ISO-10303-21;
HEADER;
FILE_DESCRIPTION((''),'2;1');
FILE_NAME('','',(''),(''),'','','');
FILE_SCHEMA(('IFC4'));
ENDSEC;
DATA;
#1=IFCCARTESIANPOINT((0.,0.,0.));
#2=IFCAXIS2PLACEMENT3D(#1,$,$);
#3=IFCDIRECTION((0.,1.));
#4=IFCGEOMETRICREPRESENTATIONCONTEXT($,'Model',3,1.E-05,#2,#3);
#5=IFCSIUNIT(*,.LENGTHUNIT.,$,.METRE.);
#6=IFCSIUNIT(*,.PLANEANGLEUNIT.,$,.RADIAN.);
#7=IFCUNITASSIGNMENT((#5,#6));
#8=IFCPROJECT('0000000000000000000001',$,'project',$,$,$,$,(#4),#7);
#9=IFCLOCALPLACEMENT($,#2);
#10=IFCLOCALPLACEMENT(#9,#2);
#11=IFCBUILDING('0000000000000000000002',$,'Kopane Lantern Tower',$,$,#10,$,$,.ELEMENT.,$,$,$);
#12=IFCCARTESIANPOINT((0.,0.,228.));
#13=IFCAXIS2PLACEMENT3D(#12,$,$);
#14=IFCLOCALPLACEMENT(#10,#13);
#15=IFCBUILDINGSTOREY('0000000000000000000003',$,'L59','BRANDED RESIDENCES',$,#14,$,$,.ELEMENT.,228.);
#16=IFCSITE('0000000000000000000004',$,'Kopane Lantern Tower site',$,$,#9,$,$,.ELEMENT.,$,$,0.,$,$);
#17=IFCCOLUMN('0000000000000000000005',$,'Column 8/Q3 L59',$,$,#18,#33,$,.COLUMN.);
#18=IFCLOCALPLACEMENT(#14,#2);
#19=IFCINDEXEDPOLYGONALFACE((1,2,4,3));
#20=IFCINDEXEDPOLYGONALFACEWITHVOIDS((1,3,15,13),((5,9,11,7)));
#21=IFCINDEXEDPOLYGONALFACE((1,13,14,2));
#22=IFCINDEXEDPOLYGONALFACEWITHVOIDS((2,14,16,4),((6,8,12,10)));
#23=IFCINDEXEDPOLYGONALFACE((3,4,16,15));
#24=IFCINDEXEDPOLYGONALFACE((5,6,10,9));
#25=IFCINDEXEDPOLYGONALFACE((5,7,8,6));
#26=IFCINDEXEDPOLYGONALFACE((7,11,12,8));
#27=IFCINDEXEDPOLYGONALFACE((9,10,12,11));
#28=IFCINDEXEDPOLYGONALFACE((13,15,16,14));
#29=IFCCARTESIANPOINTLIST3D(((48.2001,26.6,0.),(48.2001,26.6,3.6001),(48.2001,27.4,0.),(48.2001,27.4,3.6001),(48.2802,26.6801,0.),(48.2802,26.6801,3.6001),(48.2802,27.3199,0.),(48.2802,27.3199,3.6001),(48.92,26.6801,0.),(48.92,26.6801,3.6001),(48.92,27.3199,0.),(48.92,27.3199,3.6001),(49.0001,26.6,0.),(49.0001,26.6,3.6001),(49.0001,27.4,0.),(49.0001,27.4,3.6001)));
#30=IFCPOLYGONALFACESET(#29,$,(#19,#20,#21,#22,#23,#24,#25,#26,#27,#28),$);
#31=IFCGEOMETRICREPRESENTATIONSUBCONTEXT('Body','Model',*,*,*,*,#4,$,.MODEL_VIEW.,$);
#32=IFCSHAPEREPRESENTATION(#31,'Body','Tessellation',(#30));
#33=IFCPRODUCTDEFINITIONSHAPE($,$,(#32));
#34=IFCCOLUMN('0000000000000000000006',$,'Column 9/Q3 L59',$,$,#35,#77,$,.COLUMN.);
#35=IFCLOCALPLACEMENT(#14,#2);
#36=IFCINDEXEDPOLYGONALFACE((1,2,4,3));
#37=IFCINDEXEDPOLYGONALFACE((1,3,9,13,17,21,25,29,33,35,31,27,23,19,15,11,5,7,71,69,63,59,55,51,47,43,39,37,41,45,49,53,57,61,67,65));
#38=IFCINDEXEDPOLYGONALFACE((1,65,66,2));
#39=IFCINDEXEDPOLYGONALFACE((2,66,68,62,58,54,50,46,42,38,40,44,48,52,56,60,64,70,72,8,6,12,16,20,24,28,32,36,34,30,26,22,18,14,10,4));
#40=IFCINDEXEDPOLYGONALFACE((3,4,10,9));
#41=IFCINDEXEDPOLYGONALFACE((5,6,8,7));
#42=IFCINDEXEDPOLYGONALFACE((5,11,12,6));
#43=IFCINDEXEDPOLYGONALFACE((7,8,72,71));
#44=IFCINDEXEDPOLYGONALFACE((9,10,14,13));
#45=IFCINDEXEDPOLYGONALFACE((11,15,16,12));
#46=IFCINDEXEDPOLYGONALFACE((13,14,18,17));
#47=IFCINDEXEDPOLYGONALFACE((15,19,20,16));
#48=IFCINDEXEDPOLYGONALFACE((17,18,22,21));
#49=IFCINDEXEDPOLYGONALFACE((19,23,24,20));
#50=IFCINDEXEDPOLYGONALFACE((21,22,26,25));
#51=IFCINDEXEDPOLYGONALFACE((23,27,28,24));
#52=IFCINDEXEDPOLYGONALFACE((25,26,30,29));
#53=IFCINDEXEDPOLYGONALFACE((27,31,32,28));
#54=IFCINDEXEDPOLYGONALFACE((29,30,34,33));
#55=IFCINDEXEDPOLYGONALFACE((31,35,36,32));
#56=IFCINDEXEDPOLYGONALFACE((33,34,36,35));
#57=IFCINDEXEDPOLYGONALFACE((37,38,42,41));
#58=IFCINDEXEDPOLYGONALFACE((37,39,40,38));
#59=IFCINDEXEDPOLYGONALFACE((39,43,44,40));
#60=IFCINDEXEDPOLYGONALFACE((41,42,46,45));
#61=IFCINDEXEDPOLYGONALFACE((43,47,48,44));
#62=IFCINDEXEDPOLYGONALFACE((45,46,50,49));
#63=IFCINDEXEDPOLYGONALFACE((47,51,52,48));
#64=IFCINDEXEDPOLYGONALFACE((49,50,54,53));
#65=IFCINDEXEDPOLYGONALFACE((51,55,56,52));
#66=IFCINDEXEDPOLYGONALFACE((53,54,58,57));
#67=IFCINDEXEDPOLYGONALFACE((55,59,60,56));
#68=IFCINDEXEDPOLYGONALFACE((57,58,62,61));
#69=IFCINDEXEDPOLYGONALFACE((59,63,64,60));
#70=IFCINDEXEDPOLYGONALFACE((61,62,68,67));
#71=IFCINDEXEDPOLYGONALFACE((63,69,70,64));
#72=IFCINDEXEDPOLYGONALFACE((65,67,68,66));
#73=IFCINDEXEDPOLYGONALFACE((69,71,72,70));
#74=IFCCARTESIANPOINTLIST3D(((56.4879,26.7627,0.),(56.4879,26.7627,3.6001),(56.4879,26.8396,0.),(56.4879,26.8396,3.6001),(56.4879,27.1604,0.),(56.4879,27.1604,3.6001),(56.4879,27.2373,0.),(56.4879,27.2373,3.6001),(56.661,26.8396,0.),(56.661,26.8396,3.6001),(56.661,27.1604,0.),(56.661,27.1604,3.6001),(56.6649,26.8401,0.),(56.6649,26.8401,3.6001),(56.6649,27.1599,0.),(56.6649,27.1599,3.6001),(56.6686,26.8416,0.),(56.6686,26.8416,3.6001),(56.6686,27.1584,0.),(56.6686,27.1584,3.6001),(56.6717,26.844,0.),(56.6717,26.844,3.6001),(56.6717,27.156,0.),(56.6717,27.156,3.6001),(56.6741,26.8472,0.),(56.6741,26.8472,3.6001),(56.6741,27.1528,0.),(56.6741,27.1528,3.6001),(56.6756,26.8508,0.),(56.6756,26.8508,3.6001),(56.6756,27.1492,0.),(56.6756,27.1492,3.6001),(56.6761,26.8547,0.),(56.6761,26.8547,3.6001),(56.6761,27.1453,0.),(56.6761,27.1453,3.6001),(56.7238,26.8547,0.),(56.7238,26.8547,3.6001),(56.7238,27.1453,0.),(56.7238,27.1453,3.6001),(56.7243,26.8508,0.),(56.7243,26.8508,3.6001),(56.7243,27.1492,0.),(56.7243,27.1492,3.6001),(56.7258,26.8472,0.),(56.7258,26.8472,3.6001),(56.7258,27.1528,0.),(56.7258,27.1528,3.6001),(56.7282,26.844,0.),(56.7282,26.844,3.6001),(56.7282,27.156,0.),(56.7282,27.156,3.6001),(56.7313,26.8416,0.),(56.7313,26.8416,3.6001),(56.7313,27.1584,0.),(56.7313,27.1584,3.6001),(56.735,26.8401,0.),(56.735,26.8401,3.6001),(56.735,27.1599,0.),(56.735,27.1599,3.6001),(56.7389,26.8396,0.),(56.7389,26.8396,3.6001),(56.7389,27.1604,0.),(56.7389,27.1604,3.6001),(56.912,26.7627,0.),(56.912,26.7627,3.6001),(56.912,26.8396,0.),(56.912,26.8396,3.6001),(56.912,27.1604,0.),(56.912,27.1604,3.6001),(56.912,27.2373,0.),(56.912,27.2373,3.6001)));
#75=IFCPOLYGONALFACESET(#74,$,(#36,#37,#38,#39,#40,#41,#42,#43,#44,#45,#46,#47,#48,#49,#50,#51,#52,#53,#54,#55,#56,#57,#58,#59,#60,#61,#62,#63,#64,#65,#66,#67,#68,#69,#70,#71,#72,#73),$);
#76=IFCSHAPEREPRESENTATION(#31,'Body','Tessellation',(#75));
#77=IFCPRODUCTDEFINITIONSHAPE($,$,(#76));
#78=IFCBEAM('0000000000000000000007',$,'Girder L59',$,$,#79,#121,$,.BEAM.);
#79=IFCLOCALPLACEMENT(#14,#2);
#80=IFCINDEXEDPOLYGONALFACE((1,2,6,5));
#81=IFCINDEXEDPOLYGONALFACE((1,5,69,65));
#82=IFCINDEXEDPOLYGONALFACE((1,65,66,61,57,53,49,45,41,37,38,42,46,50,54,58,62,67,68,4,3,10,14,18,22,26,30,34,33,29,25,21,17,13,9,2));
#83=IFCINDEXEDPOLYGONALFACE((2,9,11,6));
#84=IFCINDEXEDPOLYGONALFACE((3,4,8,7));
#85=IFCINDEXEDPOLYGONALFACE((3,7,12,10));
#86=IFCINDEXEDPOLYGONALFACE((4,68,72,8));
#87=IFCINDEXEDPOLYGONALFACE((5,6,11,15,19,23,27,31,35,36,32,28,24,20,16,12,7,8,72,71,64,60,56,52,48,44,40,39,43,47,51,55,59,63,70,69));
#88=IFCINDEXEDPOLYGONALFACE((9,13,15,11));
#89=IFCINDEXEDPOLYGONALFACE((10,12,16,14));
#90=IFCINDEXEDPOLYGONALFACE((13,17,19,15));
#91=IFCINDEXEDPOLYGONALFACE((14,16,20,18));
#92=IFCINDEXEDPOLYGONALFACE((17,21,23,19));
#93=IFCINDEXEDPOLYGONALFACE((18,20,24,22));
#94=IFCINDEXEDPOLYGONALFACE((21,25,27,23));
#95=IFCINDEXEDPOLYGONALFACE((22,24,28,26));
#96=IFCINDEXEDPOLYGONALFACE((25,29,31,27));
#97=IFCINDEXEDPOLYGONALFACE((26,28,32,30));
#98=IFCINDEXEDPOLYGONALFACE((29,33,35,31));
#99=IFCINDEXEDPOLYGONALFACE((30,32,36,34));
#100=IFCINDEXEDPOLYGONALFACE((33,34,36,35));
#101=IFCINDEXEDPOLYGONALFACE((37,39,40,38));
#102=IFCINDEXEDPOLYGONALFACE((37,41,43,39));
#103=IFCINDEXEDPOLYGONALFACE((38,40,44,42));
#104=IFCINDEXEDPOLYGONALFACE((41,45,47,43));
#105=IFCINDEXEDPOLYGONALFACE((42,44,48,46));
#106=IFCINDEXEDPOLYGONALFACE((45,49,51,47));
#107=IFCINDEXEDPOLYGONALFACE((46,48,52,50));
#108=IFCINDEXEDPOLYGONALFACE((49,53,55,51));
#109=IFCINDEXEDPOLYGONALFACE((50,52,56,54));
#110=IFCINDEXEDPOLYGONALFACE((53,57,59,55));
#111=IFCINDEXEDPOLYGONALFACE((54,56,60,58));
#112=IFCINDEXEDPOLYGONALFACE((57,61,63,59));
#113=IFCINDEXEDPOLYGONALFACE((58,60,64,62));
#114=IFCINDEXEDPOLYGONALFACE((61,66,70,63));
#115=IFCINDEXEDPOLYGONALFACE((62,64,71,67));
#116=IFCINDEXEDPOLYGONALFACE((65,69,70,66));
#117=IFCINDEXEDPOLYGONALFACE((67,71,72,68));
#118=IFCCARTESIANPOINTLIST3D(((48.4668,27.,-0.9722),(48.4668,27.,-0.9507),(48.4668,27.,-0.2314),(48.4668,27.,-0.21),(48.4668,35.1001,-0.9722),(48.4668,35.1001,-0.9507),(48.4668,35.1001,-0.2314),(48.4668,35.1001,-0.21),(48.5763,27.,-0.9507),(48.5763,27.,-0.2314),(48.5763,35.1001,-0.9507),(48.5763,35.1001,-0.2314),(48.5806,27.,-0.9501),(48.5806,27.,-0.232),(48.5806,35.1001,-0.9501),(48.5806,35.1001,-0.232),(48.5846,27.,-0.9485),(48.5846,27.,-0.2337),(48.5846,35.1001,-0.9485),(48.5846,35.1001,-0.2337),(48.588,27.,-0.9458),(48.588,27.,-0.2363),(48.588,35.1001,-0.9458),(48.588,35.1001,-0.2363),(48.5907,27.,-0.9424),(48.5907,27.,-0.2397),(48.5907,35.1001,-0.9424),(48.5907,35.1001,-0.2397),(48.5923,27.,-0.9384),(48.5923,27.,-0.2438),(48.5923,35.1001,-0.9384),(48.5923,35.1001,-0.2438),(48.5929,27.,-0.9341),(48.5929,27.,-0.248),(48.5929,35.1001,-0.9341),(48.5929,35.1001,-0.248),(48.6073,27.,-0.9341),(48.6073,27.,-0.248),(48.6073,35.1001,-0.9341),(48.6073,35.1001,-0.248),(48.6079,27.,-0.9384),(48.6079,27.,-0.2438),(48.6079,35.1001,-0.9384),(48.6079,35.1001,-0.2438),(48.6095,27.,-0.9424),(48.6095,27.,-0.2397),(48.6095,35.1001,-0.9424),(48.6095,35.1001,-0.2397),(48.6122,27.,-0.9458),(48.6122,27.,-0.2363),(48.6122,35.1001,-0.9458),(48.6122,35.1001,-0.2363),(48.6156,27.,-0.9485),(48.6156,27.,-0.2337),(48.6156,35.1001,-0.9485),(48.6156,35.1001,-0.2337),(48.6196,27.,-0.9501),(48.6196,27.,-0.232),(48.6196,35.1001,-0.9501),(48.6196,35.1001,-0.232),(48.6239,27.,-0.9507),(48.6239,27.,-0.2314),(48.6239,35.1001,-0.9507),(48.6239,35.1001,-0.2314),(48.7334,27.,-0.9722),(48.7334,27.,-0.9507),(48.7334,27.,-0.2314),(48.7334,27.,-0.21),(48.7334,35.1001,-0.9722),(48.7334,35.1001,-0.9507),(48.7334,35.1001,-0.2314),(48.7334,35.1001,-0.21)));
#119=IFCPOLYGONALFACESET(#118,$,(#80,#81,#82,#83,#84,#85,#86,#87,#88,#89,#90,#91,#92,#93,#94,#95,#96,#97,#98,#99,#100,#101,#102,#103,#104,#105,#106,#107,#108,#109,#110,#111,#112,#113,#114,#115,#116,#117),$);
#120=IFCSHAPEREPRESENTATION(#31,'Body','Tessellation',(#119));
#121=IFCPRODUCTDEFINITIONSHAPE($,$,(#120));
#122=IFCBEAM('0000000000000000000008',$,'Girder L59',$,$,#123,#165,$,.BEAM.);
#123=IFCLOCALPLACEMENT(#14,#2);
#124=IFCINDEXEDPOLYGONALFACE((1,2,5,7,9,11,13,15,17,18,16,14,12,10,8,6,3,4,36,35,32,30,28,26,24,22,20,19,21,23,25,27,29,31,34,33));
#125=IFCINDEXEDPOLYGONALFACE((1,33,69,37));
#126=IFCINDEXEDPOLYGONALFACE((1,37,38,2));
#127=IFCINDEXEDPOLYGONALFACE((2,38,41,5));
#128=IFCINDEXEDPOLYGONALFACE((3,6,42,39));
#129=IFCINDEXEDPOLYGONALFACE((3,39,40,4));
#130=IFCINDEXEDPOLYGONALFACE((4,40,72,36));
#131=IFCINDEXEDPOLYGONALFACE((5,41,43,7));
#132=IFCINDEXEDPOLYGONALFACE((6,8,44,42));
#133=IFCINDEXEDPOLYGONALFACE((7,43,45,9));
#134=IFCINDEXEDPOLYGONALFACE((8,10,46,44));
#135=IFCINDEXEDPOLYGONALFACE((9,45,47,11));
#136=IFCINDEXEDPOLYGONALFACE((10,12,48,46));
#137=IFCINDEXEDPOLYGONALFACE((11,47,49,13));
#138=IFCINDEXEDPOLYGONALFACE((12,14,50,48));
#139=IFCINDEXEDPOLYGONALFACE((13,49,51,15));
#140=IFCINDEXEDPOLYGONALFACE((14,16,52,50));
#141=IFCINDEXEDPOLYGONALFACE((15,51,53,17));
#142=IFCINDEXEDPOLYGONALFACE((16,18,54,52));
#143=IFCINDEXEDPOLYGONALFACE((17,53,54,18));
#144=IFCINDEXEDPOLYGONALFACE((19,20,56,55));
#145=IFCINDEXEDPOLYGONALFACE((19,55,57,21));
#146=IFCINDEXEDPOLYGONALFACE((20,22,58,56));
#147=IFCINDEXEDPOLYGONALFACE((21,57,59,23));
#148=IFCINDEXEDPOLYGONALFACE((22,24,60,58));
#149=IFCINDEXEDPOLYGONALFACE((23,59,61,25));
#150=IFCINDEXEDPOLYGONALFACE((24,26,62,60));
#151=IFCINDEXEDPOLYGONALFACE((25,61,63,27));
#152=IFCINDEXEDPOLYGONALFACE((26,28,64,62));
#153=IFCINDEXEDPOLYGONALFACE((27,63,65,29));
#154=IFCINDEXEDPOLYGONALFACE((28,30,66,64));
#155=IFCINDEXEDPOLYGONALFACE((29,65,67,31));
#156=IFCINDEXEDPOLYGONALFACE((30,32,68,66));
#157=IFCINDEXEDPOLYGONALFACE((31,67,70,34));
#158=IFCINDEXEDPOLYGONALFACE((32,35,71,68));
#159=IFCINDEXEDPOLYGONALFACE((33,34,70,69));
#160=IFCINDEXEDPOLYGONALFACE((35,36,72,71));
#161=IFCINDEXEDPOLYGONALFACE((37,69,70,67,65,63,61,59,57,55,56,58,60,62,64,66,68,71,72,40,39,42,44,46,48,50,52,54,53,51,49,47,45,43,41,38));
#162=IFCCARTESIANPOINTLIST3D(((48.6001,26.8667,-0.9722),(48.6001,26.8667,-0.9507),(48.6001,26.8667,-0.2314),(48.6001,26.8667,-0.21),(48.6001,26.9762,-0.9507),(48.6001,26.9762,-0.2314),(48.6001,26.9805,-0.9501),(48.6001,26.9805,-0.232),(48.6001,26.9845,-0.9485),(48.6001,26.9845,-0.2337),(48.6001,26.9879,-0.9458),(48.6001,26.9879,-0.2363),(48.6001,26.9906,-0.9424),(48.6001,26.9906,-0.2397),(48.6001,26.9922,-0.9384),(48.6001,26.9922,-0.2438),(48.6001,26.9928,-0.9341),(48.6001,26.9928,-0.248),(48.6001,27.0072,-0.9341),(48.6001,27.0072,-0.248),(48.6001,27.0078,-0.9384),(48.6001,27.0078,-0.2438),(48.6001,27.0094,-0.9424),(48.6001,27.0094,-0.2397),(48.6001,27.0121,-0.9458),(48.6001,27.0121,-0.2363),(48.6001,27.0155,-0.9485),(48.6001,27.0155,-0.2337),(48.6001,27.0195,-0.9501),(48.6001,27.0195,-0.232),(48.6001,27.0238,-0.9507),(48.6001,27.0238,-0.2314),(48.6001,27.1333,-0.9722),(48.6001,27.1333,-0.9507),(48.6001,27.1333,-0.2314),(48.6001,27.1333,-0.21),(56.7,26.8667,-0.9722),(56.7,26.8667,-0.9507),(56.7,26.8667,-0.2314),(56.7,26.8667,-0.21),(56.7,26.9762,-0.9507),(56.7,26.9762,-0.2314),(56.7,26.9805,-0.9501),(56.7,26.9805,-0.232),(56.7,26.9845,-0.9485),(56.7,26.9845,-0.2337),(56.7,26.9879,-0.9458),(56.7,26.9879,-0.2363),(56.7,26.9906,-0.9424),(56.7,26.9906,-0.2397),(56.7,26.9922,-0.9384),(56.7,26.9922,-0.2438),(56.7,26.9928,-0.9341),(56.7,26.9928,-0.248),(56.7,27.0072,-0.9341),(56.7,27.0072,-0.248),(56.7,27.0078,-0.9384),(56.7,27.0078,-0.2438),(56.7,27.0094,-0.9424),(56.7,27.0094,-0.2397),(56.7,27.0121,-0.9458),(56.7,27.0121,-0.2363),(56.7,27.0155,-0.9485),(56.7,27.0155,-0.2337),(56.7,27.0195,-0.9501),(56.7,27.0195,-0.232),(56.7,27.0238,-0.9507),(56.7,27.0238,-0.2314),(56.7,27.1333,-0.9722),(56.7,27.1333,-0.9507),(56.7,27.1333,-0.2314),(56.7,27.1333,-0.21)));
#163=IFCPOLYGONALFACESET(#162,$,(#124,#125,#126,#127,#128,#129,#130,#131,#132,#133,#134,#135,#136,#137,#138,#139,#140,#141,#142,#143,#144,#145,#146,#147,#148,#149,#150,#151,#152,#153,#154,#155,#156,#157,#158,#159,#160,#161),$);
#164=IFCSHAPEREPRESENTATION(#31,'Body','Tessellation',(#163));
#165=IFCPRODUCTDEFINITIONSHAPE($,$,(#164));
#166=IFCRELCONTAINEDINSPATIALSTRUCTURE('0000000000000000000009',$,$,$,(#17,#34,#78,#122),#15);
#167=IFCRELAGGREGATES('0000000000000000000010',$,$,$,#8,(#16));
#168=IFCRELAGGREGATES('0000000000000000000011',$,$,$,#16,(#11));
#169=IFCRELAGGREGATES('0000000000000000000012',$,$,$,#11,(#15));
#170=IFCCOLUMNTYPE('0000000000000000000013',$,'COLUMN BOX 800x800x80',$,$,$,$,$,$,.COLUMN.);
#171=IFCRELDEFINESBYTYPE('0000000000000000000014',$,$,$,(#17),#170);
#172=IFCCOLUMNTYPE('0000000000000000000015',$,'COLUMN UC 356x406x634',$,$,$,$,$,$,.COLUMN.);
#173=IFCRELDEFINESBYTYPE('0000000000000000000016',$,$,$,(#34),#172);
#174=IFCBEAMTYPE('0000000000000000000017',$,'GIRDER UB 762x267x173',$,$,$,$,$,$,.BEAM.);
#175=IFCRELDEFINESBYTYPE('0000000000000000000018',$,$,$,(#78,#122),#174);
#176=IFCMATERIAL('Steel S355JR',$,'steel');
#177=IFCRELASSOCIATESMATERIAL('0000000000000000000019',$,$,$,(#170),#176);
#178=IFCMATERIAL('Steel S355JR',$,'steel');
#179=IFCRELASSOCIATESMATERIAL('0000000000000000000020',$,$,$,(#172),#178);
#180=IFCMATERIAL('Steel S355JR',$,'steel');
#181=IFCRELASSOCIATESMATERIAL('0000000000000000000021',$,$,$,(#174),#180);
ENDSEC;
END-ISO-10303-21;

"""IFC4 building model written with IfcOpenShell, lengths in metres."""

from ifc_helpers import new_model, si_unit, direction, frame, origin, origin_2d, place, context, subcontext, project, spatial, hollow_rectangle, i_section, extrude, material, material_profile, profile_set, type_object, element, save


model = new_model("IFC4")

# Units and contexts
model_context = context("Model", 3, precision=1e-05, world=origin(), true_north=direction((0.0, 1.0)))
body_context = subcontext(model_context, "Body", "Model", "MODEL_VIEW")
ifc_project = project(units=[si_unit("LENGTHUNIT", "METRE"), si_unit("PLANEANGLEUNIT", "RADIAN")], contexts=[model_context])

# Site, building, storey
site_placement = place(None, origin())
site = spatial("IfcSite", under=ifc_project, at=site_placement, Name="Kopane Lantern Tower site", CompositionType="ELEMENT", RefElevation=0.0)
building_placement = place(site_placement, origin())
building = spatial("IfcBuilding", under=site, at=building_placement, Name="Kopane Lantern Tower", CompositionType="ELEMENT")
storey_placement = place(building_placement, frame((0.0, 0.0, 228.0)))
storey = spatial("IfcBuildingStorey", under=building, at=storey_placement, Name="L59", Description="BRANDED RESIDENCES", CompositionType="ELEMENT", Elevation=228.0)

# Columns
ifc_material_1 = material(Name="Steel S355JR", Category="steel")
ifc_material_profile_1 = material_profile(ifc_material_1, hollow_rectangle(XDim=0.8, YDim=0.8, WallThickness=0.0801, at=origin_2d()), Name="BOX 800x800x80")
ifc_profile_set_1 = profile_set([ifc_material_profile_1], Name="Steel S355JR")
column_type_1 = type_object("IfcColumnType", Name="COLUMN BOX 800x800x80", PredefinedType="COLUMN", material=ifc_profile_set_1)
column_1_placement = place(storey_placement, frame((48.6001, 27.0, 0.0), z_axis=(0.0, 0.0, 1.0), x_axis=(1.0, 0.0, 0.0)))
element("IfcColumn", 1, at=column_1_placement, inside=storey, type_object=column_type_1, Name="Column 8/Q3 L59", PredefinedType="COLUMN", context=body_context, shape_type="SweptSolid", body=[
    extrude(hollow_rectangle(XDim=0.8, YDim=0.8, WallThickness=0.0801, at=origin_2d()), origin(), (0.0, 0.0, 1.0), 3.6001),
])
ifc_material_2 = material(Name="Steel S355JR", Category="steel")
ifc_material_profile_2 = material_profile(ifc_material_2, i_section(OverallWidth=0.4241, OverallDepth=0.4746, WebThickness=0.0476, FlangeThickness=0.0769, FilletRadius=0.0151, at=origin_2d()), Name="UC 356x406x634")
ifc_profile_set_2 = profile_set([ifc_material_profile_2], Name="Steel S355JR")
column_type_2 = type_object("IfcColumnType", Name="COLUMN UC 356x406x634", PredefinedType="COLUMN", material=ifc_profile_set_2)
column_2_placement = place(storey_placement, frame((56.7, 27.0, 0.0), z_axis=(0.0, 0.0, 1.0), x_axis=(1.0, 0.0, 0.0)))
element("IfcColumn", 2, at=column_2_placement, inside=storey, type_object=column_type_2, Name="Column 9/Q3 L59", PredefinedType="COLUMN", context=body_context, shape_type="SweptSolid", body=[
    extrude(i_section(OverallWidth=0.4241, OverallDepth=0.4746, WebThickness=0.0476, FlangeThickness=0.0769, FilletRadius=0.0151, at=origin_2d()), origin(), (0.0, 0.0, 1.0), 3.6001),
])

# Beams
ifc_material_3 = material(Name="Steel S355JR", Category="steel")
ifc_material_profile_3 = material_profile(ifc_material_3, i_section(OverallWidth=0.2666, OverallDepth=0.7622, WebThickness=0.0144, FlangeThickness=0.0215, FilletRadius=0.0166, at=origin_2d()), Name="UB 762x267x173")
ifc_profile_set_3 = profile_set([ifc_material_profile_3], Name="Steel S355JR")
beam_type = type_object("IfcBeamType", Name="GIRDER UB 762x267x173", PredefinedType="BEAM", material=ifc_profile_set_3)
beam_1_placement = place(storey_placement, frame((48.6001, 27.0, -0.5911), z_axis=(0.0, 1.0, 0.0), x_axis=(-1.0, 0.0, 0.0)))
element("IfcBeam", 3, at=beam_1_placement, inside=storey, type_object=beam_type, Name="Girder L59", PredefinedType="BEAM", context=body_context, shape_type="SweptSolid", body=[
    extrude(i_section(OverallWidth=0.2666, OverallDepth=0.7622, WebThickness=0.0144, FlangeThickness=0.0215, FilletRadius=0.0166, at=origin_2d()), origin(), (0.0, 0.0, 1.0), 8.1001),
])
beam_2_placement = place(storey_placement, frame((48.6001, 27.0, -0.5911), z_axis=(1.0, 0.0, 0.0), x_axis=(0.0, 1.0, 0.0)))
element("IfcBeam", 4, at=beam_2_placement, inside=storey, type_object=beam_type, Name="Girder L59", PredefinedType="BEAM", context=body_context, shape_type="SweptSolid", body=[
    extrude(i_section(OverallWidth=0.2666, OverallDepth=0.7622, WebThickness=0.0144, FlangeThickness=0.0215, FilletRadius=0.0166, at=origin_2d()), origin(), (0.0, 0.0, 1.0), 8.0999),
])

save(model, "model.ifc")
